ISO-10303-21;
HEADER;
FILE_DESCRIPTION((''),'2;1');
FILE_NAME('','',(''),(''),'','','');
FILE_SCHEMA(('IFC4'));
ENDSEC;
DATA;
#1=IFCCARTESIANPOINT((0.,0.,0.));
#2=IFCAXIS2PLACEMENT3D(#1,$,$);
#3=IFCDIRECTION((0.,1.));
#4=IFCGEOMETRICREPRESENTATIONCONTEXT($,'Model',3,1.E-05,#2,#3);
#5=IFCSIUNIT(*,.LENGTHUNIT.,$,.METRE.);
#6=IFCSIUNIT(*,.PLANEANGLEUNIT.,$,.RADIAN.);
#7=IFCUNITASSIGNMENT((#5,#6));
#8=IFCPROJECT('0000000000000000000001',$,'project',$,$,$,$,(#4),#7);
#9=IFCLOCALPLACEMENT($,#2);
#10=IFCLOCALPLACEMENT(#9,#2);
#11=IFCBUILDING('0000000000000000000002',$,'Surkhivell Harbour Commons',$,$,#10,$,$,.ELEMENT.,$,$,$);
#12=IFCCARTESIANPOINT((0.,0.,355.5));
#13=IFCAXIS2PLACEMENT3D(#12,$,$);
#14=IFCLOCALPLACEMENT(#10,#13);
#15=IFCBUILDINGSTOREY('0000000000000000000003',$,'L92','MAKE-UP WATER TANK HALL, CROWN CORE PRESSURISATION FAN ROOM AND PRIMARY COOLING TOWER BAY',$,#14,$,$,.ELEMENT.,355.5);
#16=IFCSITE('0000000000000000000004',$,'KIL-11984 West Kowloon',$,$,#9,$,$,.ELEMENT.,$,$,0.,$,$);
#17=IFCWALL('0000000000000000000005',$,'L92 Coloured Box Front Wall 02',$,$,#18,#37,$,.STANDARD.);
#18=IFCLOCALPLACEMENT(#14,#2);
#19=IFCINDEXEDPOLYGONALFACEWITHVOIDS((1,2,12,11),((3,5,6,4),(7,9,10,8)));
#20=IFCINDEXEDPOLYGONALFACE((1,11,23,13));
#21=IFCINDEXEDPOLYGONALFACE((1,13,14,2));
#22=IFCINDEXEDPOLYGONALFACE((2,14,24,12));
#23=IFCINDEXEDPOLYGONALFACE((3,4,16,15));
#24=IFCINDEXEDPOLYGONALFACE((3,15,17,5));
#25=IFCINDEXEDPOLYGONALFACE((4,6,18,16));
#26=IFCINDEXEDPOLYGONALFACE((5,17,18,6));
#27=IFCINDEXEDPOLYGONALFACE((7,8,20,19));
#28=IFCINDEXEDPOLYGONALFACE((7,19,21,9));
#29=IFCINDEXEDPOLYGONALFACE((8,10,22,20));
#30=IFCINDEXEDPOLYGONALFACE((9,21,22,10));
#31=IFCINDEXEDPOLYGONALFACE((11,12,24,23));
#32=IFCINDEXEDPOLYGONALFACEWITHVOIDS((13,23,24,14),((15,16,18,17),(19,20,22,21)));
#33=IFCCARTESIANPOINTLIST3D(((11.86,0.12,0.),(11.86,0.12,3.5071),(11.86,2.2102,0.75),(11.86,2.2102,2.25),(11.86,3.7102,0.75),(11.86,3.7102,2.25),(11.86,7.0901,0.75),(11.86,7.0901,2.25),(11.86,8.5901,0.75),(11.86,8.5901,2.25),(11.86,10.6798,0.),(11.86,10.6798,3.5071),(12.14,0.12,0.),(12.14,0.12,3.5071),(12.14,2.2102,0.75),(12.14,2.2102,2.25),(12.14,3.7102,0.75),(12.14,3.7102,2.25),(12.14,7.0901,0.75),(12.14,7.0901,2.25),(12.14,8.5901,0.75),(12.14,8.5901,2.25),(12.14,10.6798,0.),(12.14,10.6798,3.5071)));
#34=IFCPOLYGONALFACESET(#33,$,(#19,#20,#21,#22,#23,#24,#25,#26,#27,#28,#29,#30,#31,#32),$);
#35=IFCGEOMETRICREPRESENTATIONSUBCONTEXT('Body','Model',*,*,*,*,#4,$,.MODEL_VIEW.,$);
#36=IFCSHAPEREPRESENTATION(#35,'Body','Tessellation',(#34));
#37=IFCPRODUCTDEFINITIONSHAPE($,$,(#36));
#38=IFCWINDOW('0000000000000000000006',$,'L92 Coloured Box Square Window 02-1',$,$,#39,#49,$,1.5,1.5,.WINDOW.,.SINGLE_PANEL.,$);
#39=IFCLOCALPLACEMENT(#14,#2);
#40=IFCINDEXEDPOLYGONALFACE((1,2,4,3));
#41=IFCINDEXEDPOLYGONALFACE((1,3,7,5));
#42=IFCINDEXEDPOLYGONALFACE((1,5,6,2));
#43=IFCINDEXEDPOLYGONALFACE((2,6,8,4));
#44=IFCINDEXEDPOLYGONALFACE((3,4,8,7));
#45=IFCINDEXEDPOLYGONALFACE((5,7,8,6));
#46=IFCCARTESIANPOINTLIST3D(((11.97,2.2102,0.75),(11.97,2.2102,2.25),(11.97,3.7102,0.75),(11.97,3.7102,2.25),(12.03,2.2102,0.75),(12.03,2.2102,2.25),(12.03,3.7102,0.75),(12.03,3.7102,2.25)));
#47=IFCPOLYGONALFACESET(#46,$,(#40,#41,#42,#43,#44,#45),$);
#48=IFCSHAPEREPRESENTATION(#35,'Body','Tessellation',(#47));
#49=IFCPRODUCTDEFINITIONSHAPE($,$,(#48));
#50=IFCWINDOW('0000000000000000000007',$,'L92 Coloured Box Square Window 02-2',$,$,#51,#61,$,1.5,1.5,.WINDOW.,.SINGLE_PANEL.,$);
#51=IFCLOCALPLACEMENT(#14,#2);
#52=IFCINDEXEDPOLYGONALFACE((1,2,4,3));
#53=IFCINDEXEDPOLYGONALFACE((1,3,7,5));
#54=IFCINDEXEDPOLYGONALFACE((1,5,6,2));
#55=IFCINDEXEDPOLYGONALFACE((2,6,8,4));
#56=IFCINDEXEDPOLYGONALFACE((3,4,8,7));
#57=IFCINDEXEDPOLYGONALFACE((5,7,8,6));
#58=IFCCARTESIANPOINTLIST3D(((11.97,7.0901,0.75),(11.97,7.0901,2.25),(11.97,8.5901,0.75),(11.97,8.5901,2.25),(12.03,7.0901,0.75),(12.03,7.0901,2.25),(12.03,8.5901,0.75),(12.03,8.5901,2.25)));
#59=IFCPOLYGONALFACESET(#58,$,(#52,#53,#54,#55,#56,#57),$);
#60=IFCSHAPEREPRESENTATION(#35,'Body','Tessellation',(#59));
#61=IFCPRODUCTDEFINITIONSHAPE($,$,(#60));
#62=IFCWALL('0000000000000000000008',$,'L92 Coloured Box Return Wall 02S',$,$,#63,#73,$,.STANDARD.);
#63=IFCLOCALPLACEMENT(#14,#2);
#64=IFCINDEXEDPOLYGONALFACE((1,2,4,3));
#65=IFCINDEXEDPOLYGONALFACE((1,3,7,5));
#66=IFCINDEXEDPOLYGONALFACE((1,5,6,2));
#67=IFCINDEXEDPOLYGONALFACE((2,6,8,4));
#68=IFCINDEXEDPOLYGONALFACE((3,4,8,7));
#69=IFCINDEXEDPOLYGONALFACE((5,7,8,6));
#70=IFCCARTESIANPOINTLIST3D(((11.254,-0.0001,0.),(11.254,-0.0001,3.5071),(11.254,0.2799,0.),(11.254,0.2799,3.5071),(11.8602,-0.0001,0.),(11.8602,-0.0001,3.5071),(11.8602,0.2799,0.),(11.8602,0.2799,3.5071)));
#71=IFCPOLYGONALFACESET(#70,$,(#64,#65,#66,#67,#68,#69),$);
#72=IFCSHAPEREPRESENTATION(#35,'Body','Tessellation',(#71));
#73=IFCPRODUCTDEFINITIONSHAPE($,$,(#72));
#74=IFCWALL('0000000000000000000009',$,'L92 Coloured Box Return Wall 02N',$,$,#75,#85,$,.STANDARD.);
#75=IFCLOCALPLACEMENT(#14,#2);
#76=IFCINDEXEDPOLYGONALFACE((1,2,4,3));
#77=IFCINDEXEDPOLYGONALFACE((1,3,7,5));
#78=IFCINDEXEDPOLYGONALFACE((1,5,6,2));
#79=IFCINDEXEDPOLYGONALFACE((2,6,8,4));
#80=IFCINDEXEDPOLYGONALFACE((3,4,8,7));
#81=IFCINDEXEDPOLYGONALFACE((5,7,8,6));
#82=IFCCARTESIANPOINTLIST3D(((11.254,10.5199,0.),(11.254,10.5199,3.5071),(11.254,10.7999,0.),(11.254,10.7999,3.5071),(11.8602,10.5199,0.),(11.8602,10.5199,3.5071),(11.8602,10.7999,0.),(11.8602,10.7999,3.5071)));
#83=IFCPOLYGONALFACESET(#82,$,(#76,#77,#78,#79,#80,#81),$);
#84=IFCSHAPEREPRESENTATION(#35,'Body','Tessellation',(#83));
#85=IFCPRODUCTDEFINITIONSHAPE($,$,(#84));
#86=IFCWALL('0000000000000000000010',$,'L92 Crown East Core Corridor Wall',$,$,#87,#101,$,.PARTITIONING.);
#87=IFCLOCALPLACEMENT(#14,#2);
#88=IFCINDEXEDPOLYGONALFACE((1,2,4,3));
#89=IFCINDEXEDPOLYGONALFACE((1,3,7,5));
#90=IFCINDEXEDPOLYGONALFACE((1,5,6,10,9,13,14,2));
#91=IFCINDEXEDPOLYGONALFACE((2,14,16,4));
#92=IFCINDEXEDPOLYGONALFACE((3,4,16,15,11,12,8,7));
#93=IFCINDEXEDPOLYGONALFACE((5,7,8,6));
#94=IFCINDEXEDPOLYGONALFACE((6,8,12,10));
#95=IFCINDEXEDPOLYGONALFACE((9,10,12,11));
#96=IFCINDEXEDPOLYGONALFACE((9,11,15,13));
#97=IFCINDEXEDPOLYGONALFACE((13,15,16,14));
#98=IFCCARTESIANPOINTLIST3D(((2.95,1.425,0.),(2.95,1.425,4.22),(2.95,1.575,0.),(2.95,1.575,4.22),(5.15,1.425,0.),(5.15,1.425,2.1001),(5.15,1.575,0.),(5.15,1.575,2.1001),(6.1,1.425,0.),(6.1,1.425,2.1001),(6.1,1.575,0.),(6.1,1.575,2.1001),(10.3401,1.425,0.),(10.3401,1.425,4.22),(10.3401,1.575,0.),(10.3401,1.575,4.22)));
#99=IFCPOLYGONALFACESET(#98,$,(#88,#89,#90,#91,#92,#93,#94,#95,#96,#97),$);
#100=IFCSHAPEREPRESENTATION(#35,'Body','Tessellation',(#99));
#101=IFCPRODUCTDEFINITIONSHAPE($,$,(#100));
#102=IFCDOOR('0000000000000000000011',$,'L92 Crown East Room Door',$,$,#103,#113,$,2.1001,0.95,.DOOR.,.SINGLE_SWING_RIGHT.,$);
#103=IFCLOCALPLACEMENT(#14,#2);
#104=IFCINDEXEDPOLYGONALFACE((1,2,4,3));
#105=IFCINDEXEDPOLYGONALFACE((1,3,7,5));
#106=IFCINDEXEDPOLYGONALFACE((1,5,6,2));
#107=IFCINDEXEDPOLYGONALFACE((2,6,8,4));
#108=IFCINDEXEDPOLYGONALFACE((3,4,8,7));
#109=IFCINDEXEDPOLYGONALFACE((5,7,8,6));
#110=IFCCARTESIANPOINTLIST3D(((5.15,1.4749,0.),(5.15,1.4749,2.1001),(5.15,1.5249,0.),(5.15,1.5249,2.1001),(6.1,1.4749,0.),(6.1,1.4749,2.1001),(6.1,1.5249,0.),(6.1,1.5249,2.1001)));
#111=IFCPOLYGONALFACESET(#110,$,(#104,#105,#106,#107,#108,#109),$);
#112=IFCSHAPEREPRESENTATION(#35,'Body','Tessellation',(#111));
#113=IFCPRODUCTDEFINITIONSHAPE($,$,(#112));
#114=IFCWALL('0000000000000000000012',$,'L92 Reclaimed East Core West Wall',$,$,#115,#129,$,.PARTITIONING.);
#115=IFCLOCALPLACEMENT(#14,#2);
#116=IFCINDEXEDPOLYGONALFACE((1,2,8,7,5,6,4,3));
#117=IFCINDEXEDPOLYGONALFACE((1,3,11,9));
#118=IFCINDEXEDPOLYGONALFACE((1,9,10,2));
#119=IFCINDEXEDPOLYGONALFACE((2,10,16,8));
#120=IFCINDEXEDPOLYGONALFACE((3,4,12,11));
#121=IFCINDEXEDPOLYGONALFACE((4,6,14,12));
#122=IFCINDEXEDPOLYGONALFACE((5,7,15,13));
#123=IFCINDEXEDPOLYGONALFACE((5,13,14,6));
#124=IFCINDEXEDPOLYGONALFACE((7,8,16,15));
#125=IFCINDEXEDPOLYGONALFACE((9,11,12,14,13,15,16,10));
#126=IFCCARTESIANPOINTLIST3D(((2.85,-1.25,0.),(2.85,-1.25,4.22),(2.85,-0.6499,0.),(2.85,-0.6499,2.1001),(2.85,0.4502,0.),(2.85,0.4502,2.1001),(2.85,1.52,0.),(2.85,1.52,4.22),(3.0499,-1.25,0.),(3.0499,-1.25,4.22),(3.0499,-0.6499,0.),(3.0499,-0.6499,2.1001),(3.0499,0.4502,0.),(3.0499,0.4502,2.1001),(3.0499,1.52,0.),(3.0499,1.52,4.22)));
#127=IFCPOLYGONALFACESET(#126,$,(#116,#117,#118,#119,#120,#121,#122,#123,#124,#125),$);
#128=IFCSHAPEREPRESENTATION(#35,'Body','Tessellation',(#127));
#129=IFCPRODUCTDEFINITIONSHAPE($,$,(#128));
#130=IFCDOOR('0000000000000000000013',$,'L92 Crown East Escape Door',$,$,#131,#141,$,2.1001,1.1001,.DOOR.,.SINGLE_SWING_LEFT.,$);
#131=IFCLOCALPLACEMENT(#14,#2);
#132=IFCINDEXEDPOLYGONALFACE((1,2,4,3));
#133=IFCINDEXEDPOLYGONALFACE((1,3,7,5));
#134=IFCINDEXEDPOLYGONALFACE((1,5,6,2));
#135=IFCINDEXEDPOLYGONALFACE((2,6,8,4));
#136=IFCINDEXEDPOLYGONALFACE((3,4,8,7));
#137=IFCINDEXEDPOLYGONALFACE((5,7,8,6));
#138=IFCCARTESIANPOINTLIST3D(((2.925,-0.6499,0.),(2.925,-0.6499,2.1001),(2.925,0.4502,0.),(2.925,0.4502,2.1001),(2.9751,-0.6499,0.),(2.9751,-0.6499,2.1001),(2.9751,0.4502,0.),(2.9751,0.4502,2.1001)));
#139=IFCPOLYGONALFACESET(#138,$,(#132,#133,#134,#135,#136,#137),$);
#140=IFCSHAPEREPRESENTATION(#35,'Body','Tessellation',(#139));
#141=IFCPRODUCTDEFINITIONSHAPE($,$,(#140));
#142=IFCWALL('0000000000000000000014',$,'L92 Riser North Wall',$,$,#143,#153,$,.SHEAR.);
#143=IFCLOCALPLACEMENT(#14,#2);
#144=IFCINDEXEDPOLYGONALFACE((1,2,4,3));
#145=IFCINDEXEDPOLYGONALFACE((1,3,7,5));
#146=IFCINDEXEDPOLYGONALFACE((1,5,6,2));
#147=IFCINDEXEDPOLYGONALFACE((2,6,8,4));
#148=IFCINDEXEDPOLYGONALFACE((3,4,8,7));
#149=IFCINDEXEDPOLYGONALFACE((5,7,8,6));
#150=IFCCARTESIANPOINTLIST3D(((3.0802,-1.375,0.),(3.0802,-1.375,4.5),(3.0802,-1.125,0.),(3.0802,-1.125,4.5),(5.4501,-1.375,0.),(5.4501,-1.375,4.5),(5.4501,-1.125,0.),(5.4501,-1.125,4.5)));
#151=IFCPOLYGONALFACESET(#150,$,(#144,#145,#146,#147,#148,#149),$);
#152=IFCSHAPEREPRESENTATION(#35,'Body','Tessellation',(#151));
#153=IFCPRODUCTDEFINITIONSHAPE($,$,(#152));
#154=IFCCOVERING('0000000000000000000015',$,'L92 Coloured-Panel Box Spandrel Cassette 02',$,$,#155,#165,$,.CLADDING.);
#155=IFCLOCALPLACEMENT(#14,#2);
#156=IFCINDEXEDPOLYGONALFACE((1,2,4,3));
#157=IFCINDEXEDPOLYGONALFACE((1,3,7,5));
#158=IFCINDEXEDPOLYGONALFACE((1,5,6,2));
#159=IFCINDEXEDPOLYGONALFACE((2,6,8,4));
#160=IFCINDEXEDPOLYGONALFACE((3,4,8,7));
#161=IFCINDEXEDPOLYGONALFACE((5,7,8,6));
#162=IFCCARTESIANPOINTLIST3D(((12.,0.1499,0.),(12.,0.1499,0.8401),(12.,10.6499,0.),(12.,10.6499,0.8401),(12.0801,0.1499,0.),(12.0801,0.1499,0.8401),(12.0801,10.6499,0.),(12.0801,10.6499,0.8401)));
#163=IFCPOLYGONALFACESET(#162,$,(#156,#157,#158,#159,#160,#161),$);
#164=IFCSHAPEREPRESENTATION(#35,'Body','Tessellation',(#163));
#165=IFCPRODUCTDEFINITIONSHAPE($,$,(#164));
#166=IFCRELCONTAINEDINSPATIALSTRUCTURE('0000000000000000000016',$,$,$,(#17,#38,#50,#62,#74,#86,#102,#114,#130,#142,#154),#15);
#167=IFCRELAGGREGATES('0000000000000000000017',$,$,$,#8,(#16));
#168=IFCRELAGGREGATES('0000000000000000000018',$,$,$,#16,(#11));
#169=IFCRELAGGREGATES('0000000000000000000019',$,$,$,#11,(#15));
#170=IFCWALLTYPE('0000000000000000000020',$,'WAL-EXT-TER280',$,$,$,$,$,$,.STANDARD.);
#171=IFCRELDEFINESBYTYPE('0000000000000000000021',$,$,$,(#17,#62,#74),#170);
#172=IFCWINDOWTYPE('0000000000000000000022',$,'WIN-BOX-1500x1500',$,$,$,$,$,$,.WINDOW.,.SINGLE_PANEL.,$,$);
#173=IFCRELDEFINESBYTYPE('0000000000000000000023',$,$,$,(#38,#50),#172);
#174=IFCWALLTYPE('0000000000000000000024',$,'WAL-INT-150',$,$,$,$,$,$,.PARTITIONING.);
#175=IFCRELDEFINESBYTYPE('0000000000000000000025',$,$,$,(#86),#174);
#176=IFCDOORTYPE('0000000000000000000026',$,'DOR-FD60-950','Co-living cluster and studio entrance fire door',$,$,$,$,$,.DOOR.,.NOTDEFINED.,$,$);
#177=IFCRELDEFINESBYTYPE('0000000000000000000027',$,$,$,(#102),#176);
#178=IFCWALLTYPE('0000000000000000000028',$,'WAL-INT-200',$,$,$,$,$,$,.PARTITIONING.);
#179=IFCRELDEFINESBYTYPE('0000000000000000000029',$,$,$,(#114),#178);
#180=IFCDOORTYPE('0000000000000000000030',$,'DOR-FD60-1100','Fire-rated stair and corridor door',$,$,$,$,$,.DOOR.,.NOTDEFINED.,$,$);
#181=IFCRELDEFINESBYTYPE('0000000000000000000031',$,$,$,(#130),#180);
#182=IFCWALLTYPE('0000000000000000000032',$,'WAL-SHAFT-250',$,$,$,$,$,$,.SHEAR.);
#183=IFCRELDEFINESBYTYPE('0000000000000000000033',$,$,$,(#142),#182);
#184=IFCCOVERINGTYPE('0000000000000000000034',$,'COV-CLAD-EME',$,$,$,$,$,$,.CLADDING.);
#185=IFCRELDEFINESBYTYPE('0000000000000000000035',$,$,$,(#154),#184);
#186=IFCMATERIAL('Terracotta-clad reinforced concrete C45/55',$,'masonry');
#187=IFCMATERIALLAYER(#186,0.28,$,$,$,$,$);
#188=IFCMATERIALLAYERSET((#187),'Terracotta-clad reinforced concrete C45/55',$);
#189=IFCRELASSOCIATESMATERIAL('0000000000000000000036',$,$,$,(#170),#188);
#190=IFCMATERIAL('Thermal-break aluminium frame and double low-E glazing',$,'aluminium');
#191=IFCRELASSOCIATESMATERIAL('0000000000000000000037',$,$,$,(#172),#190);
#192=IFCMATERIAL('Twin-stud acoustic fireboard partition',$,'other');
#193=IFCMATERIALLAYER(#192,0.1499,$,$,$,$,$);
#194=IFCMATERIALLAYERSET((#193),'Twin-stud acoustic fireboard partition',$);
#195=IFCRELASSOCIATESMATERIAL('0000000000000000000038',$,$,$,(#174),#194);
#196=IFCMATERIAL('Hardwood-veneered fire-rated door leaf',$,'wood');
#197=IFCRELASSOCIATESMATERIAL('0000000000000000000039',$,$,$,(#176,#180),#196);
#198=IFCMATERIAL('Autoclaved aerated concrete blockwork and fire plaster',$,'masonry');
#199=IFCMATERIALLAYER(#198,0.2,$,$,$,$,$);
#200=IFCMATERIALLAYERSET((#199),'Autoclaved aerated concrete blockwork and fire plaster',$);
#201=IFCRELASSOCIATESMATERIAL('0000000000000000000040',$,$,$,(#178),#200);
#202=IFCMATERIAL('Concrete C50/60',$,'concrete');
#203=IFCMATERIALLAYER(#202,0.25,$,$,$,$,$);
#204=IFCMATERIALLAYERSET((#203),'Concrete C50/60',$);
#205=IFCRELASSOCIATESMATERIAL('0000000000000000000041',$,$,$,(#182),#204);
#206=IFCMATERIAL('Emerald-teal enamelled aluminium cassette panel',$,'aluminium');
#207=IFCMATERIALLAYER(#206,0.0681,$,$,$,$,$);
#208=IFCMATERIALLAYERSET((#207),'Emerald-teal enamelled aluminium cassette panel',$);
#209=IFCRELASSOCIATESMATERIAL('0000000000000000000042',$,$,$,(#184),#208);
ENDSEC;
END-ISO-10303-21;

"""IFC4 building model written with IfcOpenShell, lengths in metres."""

from ifc_helpers import new_model, si_unit, direction, frame, frame_2d, origin, origin_2d, place, context, subcontext, project, spatial, rectangle, extrude, material, layer, layer_set, type_object, element, fill, save


model = new_model("IFC4")

# Units and contexts
model_context = context("Model", 3, precision=1e-05, world=origin(), true_north=direction((0.0, 1.0)))
body_context = subcontext(model_context, "Body", "Model", "MODEL_VIEW")
ifc_project = project(units=[si_unit("LENGTHUNIT", "METRE"), si_unit("PLANEANGLEUNIT", "RADIAN")], contexts=[model_context])

# Site, building, storey
site_placement = place(None, origin())
site = spatial("IfcSite", under=ifc_project, at=site_placement, Name="KIL-11984 West Kowloon", CompositionType="ELEMENT", RefElevation=0.0)
building_placement = place(site_placement, origin())
building = spatial("IfcBuilding", under=site, at=building_placement, Name="Surkhivell Harbour Commons", CompositionType="ELEMENT")
storey_placement = place(building_placement, frame((0.0, 0.0, 355.5)))
storey = spatial("IfcBuildingStorey", under=building, at=storey_placement, Name="L92", Description="MAKE-UP WATER TANK HALL, CROWN CORE PRESSURISATION FAN ROOM AND PRIMARY COOLING TOWER BAY", CompositionType="ELEMENT", Elevation=355.5)

# Shared definitions
ifc_material_1 = material(Name="Concrete C50/60", Category="concrete")

# Wall, openings, windows
ifc_material_2 = material(Name="Terracotta-clad reinforced concrete C45/55", Category="masonry")
ifc_layer_1 = layer(ifc_material_2, 0.28)
ifc_layer_set_1 = layer_set([ifc_layer_1], Name="Terracotta-clad reinforced concrete C45/55")
wall_type_1 = type_object("IfcWallType", Name="WAL-EXT-TER280", PredefinedType="STANDARD", material=ifc_layer_set_1)
wall_1_placement = place(storey_placement, frame((12.0, 0.1201, 0.0), z_axis=(0.0, 0.0, 1.0), x_axis=(0.0, 1.0, 0.0)))
wall_1 = element("IfcWall", 1, at=wall_1_placement, inside=storey, type_object=wall_type_1, Name="L92 Coloured Box Front Wall 02", PredefinedType="STANDARD", context=body_context, shape_type="SweptSolid", body=[
    extrude(rectangle(XDim=10.5598, YDim=0.28, at=frame_2d((5.2798, 0.0))), origin(), (0.0, 0.0, 1.0), 3.5071),
])
opening_1_placement = place(wall_1_placement, frame((2.0901, 0.0, 0.75)))
opening_1 = element("IfcOpeningElement", 2, at=opening_1_placement, cuts=wall_1, PredefinedType="OPENING", context=body_context, shape_type="SweptSolid", body=[
    extrude(rectangle(XDim=1.5, YDim=1.5, at=frame_2d((0.75, 0.75))), frame((0.0, 0.1499, 0.0), z_axis=(0.0, -1.0, 0.0), x_axis=(1.0, 0.0, 0.0)), (0.0, 0.0, 1.0), 0.3),
])
opening_2_placement = place(wall_1_placement, frame((6.97, 0.0, 0.75)))
opening_2 = element("IfcOpeningElement", 3, at=opening_2_placement, cuts=wall_1, PredefinedType="OPENING", context=body_context, shape_type="SweptSolid", body=[
    extrude(rectangle(XDim=1.5, YDim=1.5, at=frame_2d((0.75, 0.75))), frame((0.0, 0.1499, 0.0), z_axis=(0.0, -1.0, 0.0), x_axis=(1.0, 0.0, 0.0)), (0.0, 0.0, 1.0), 0.3),
])
ifc_material_3 = material(Name="Thermal-break aluminium frame and double low-E glazing", Category="aluminium")
window_type = type_object("IfcWindowType", Name="WIN-BOX-1500x1500", PartitioningType="SINGLE_PANEL", PredefinedType="WINDOW", material=ifc_material_3)
window_1_placement = place(opening_1_placement, origin())
window_1 = element("IfcWindow", 4, at=window_1_placement, inside=storey, type_object=window_type, Name="L92 Coloured Box Square Window 02-1", OverallHeight=1.5, OverallWidth=1.5, PartitioningType="SINGLE_PANEL", PredefinedType="WINDOW", context=body_context, shape_type="SweptSolid", body=[
    extrude(rectangle(XDim=1.5, YDim=1.5, at=frame_2d((0.75, 0.75))), frame((0.0, 0.03, 0.0), z_axis=(0.0, -1.0, 0.0), x_axis=(1.0, 0.0, 0.0)), (0.0, 0.0, 1.0), 0.0601),
])
fill(opening_1, window_1)
window_2_placement = place(opening_2_placement, origin())
window_2 = element("IfcWindow", 5, at=window_2_placement, inside=storey, type_object=window_type, Name="L92 Coloured Box Square Window 02-2", OverallHeight=1.5, OverallWidth=1.5, PartitioningType="SINGLE_PANEL", PredefinedType="WINDOW", context=body_context, shape_type="SweptSolid", body=[
    extrude(rectangle(XDim=1.5, YDim=1.5, at=frame_2d((0.75, 0.75))), frame((0.0, 0.03, 0.0), z_axis=(0.0, -1.0, 0.0), x_axis=(1.0, 0.0, 0.0)), (0.0, 0.0, 1.0), 0.0601),
])
fill(opening_2, window_2)

# Walls
for number, where, z_axis, x_axis, name in (
    (6, (11.2539, 0.1399, 0.0), (0.0, 0.0, 1.0), (1.0, 0.0, 0.0), "L92 Coloured Box Return Wall 02S"),
    (7, (11.2539, 10.6599, 0.0), (0.0, 0.0, 1.0), (1.0, 0.0, 0.0), "L92 Coloured Box Return Wall 02N"),
):
    element("IfcWall", number, at=place(storey_placement, frame(where, z_axis=z_axis, x_axis=x_axis)), inside=storey, type_object=wall_type_1, Name=name, PredefinedType="STANDARD", context=body_context, shape_type="SweptSolid", body=[
        extrude(rectangle(XDim=0.6062, YDim=0.28, at=frame_2d((0.3032, 0.0))), origin(), (0.0, 0.0, 1.0), 3.5071),
    ])

# Walls, openings, doors
ifc_material_4 = material(Name="Twin-stud acoustic fireboard partition", Category="other")
ifc_layer_2 = layer(ifc_material_4, 0.1499)
ifc_layer_set_2 = layer_set([ifc_layer_2], Name="Twin-stud acoustic fireboard partition")
wall_type_2 = type_object("IfcWallType", Name="WAL-INT-150", PredefinedType="PARTITIONING", material=ifc_layer_set_2)
wall_2_placement = place(storey_placement, frame((2.95, 1.5, 0.0), z_axis=(0.0, 0.0, 1.0), x_axis=(1.0, 0.0, 0.0)))
wall_2 = element("IfcWall", 8, at=wall_2_placement, inside=storey, type_object=wall_type_2, Name="L92 Crown East Core Corridor Wall", PredefinedType="PARTITIONING", context=body_context, shape_type="SweptSolid", body=[
    extrude(rectangle(XDim=7.3901, YDim=0.1499, at=frame_2d((3.6951, 0.0))), origin(), (0.0, 0.0, 1.0), 4.22),
])
opening_3_placement = place(wall_2_placement, frame((2.2, 0.0, 0.0)))
opening_3 = element("IfcOpeningElement", 9, at=opening_3_placement, cuts=wall_2, PredefinedType="OPENING", context=body_context, shape_type="SweptSolid", body=[
    extrude(rectangle(XDim=0.95, YDim=2.1001, at=frame_2d((0.4751, 1.05))), frame((0.0, 0.085, 0.0), z_axis=(0.0, -1.0, 0.0), x_axis=(1.0, 0.0, 0.0)), (0.0, 0.0, 1.0), 0.1699),
])
ifc_material_5 = material(Name="Hardwood-veneered fire-rated door leaf", Category="wood")
door_type_1 = type_object("IfcDoorType", Name="DOR-FD60-950", Description="Co-living cluster and studio entrance fire door", OperationType="NOTDEFINED", PredefinedType="DOOR", material=ifc_material_5)
door_1_placement = place(opening_3_placement, origin())
door_1 = element("IfcDoor", 10, at=door_1_placement, inside=storey, type_object=door_type_1, Name="L92 Crown East Room Door", OperationType="SINGLE_SWING_RIGHT", OverallHeight=2.1001, OverallWidth=0.95, PredefinedType="DOOR", context=body_context, shape_type="SweptSolid", body=[
    extrude(rectangle(XDim=0.95, YDim=2.1001, at=frame_2d((0.4751, 1.05))), frame((0.0, 0.0249, 0.0), z_axis=(0.0, -1.0, 0.0), x_axis=(1.0, 0.0, 0.0)), (0.0, 0.0, 1.0), 0.05),
])
fill(opening_3, door_1)
ifc_material_6 = material(Name="Autoclaved aerated concrete blockwork and fire plaster", Category="masonry")
ifc_layer_3 = layer(ifc_material_6, 0.2)
ifc_layer_set_3 = layer_set([ifc_layer_3], Name="Autoclaved aerated concrete blockwork and fire plaster")
wall_type_3 = type_object("IfcWallType", Name="WAL-INT-200", PredefinedType="PARTITIONING", material=ifc_layer_set_3)
wall_3_placement = place(storey_placement, frame((2.95, -1.25, 0.0), z_axis=(0.0, 0.0, 1.0), x_axis=(0.0, 1.0, 0.0)))
wall_3 = element("IfcWall", 11, at=wall_3_placement, inside=storey, type_object=wall_type_3, Name="L92 Reclaimed East Core West Wall", PredefinedType="PARTITIONING", context=body_context, shape_type="SweptSolid", body=[
    extrude(rectangle(XDim=2.77, YDim=0.2, at=frame_2d((1.385, 0.0))), origin(), (0.0, 0.0, 1.0), 4.22),
])
opening_4_placement = place(wall_3_placement, frame((0.6001, 0.0, 0.0)))
opening_4 = element("IfcOpeningElement", 12, at=opening_4_placement, cuts=wall_3, PredefinedType="OPENING", context=body_context, shape_type="SweptSolid", body=[
    extrude(rectangle(XDim=1.1001, YDim=2.1001, at=frame_2d((0.55, 1.05))), frame((0.0, 0.1099, 0.0), z_axis=(0.0, -1.0, 0.0), x_axis=(1.0, 0.0, 0.0)), (0.0, 0.0, 1.0), 0.22),
])
door_type_2 = type_object("IfcDoorType", Name="DOR-FD60-1100", Description="Fire-rated stair and corridor door", OperationType="NOTDEFINED", PredefinedType="DOOR", material=ifc_material_5)
door_2_placement = place(opening_4_placement, origin())
door_2 = element("IfcDoor", 13, at=door_2_placement, inside=storey, type_object=door_type_2, Name="L92 Crown East Escape Door", OperationType="SINGLE_SWING_LEFT", OverallHeight=2.1001, OverallWidth=1.1001, PredefinedType="DOOR", context=body_context, shape_type="SweptSolid", body=[
    extrude(rectangle(XDim=1.1001, YDim=2.1001, at=frame_2d((0.55, 1.05))), frame((0.0, 0.0249, 0.0), z_axis=(0.0, -1.0, 0.0), x_axis=(1.0, 0.0, 0.0)), (0.0, 0.0, 1.0), 0.05),
])
fill(opening_4, door_2)

# Wall
ifc_layer_4 = layer(ifc_material_1, 0.25)
ifc_layer_set_4 = layer_set([ifc_layer_4], Name="Concrete C50/60")
wall_type_4 = type_object("IfcWallType", Name="WAL-SHAFT-250", PredefinedType="SHEAR", material=ifc_layer_set_4)
wall_4_placement = place(storey_placement, frame((3.0801, -1.25, 0.0), z_axis=(0.0, 0.0, 1.0), x_axis=(1.0, 0.0, 0.0)))
element("IfcWall", 14, at=wall_4_placement, inside=storey, type_object=wall_type_4, Name="L92 Riser North Wall", PredefinedType="SHEAR", context=body_context, shape_type="SweptSolid", body=[
    extrude(rectangle(XDim=2.3699, YDim=0.25, at=frame_2d((1.1851, 0.0))), origin(), (0.0, 0.0, 1.0), 4.5),
])

# Covering
ifc_material_7 = material(Name="Emerald-teal enamelled aluminium cassette panel", Category="aluminium")
ifc_layer_5 = layer(ifc_material_7, 0.0681)
ifc_layer_set_5 = layer_set([ifc_layer_5], Name="Emerald-teal enamelled aluminium cassette panel")
covering_type = type_object("IfcCoveringType", Name="COV-CLAD-EME", PredefinedType="CLADDING", material=ifc_layer_set_5)
covering_placement = place(storey_placement, frame((12.04, 5.3999, 0.0), z_axis=(0.0, 0.0, 1.0), x_axis=(1.0, 0.0, 0.0)))
element("IfcCovering", 15, at=covering_placement, inside=storey, type_object=covering_type, Name="L92 Coloured-Panel Box Spandrel Cassette 02", PredefinedType="CLADDING", context=body_context, shape_type="SweptSolid", body=[
    extrude(rectangle(XDim=0.0801, YDim=10.5, at=origin_2d()), origin(), (0.0, 0.0, 1.0), 0.8401),
])

save(model, "model.ifc")
